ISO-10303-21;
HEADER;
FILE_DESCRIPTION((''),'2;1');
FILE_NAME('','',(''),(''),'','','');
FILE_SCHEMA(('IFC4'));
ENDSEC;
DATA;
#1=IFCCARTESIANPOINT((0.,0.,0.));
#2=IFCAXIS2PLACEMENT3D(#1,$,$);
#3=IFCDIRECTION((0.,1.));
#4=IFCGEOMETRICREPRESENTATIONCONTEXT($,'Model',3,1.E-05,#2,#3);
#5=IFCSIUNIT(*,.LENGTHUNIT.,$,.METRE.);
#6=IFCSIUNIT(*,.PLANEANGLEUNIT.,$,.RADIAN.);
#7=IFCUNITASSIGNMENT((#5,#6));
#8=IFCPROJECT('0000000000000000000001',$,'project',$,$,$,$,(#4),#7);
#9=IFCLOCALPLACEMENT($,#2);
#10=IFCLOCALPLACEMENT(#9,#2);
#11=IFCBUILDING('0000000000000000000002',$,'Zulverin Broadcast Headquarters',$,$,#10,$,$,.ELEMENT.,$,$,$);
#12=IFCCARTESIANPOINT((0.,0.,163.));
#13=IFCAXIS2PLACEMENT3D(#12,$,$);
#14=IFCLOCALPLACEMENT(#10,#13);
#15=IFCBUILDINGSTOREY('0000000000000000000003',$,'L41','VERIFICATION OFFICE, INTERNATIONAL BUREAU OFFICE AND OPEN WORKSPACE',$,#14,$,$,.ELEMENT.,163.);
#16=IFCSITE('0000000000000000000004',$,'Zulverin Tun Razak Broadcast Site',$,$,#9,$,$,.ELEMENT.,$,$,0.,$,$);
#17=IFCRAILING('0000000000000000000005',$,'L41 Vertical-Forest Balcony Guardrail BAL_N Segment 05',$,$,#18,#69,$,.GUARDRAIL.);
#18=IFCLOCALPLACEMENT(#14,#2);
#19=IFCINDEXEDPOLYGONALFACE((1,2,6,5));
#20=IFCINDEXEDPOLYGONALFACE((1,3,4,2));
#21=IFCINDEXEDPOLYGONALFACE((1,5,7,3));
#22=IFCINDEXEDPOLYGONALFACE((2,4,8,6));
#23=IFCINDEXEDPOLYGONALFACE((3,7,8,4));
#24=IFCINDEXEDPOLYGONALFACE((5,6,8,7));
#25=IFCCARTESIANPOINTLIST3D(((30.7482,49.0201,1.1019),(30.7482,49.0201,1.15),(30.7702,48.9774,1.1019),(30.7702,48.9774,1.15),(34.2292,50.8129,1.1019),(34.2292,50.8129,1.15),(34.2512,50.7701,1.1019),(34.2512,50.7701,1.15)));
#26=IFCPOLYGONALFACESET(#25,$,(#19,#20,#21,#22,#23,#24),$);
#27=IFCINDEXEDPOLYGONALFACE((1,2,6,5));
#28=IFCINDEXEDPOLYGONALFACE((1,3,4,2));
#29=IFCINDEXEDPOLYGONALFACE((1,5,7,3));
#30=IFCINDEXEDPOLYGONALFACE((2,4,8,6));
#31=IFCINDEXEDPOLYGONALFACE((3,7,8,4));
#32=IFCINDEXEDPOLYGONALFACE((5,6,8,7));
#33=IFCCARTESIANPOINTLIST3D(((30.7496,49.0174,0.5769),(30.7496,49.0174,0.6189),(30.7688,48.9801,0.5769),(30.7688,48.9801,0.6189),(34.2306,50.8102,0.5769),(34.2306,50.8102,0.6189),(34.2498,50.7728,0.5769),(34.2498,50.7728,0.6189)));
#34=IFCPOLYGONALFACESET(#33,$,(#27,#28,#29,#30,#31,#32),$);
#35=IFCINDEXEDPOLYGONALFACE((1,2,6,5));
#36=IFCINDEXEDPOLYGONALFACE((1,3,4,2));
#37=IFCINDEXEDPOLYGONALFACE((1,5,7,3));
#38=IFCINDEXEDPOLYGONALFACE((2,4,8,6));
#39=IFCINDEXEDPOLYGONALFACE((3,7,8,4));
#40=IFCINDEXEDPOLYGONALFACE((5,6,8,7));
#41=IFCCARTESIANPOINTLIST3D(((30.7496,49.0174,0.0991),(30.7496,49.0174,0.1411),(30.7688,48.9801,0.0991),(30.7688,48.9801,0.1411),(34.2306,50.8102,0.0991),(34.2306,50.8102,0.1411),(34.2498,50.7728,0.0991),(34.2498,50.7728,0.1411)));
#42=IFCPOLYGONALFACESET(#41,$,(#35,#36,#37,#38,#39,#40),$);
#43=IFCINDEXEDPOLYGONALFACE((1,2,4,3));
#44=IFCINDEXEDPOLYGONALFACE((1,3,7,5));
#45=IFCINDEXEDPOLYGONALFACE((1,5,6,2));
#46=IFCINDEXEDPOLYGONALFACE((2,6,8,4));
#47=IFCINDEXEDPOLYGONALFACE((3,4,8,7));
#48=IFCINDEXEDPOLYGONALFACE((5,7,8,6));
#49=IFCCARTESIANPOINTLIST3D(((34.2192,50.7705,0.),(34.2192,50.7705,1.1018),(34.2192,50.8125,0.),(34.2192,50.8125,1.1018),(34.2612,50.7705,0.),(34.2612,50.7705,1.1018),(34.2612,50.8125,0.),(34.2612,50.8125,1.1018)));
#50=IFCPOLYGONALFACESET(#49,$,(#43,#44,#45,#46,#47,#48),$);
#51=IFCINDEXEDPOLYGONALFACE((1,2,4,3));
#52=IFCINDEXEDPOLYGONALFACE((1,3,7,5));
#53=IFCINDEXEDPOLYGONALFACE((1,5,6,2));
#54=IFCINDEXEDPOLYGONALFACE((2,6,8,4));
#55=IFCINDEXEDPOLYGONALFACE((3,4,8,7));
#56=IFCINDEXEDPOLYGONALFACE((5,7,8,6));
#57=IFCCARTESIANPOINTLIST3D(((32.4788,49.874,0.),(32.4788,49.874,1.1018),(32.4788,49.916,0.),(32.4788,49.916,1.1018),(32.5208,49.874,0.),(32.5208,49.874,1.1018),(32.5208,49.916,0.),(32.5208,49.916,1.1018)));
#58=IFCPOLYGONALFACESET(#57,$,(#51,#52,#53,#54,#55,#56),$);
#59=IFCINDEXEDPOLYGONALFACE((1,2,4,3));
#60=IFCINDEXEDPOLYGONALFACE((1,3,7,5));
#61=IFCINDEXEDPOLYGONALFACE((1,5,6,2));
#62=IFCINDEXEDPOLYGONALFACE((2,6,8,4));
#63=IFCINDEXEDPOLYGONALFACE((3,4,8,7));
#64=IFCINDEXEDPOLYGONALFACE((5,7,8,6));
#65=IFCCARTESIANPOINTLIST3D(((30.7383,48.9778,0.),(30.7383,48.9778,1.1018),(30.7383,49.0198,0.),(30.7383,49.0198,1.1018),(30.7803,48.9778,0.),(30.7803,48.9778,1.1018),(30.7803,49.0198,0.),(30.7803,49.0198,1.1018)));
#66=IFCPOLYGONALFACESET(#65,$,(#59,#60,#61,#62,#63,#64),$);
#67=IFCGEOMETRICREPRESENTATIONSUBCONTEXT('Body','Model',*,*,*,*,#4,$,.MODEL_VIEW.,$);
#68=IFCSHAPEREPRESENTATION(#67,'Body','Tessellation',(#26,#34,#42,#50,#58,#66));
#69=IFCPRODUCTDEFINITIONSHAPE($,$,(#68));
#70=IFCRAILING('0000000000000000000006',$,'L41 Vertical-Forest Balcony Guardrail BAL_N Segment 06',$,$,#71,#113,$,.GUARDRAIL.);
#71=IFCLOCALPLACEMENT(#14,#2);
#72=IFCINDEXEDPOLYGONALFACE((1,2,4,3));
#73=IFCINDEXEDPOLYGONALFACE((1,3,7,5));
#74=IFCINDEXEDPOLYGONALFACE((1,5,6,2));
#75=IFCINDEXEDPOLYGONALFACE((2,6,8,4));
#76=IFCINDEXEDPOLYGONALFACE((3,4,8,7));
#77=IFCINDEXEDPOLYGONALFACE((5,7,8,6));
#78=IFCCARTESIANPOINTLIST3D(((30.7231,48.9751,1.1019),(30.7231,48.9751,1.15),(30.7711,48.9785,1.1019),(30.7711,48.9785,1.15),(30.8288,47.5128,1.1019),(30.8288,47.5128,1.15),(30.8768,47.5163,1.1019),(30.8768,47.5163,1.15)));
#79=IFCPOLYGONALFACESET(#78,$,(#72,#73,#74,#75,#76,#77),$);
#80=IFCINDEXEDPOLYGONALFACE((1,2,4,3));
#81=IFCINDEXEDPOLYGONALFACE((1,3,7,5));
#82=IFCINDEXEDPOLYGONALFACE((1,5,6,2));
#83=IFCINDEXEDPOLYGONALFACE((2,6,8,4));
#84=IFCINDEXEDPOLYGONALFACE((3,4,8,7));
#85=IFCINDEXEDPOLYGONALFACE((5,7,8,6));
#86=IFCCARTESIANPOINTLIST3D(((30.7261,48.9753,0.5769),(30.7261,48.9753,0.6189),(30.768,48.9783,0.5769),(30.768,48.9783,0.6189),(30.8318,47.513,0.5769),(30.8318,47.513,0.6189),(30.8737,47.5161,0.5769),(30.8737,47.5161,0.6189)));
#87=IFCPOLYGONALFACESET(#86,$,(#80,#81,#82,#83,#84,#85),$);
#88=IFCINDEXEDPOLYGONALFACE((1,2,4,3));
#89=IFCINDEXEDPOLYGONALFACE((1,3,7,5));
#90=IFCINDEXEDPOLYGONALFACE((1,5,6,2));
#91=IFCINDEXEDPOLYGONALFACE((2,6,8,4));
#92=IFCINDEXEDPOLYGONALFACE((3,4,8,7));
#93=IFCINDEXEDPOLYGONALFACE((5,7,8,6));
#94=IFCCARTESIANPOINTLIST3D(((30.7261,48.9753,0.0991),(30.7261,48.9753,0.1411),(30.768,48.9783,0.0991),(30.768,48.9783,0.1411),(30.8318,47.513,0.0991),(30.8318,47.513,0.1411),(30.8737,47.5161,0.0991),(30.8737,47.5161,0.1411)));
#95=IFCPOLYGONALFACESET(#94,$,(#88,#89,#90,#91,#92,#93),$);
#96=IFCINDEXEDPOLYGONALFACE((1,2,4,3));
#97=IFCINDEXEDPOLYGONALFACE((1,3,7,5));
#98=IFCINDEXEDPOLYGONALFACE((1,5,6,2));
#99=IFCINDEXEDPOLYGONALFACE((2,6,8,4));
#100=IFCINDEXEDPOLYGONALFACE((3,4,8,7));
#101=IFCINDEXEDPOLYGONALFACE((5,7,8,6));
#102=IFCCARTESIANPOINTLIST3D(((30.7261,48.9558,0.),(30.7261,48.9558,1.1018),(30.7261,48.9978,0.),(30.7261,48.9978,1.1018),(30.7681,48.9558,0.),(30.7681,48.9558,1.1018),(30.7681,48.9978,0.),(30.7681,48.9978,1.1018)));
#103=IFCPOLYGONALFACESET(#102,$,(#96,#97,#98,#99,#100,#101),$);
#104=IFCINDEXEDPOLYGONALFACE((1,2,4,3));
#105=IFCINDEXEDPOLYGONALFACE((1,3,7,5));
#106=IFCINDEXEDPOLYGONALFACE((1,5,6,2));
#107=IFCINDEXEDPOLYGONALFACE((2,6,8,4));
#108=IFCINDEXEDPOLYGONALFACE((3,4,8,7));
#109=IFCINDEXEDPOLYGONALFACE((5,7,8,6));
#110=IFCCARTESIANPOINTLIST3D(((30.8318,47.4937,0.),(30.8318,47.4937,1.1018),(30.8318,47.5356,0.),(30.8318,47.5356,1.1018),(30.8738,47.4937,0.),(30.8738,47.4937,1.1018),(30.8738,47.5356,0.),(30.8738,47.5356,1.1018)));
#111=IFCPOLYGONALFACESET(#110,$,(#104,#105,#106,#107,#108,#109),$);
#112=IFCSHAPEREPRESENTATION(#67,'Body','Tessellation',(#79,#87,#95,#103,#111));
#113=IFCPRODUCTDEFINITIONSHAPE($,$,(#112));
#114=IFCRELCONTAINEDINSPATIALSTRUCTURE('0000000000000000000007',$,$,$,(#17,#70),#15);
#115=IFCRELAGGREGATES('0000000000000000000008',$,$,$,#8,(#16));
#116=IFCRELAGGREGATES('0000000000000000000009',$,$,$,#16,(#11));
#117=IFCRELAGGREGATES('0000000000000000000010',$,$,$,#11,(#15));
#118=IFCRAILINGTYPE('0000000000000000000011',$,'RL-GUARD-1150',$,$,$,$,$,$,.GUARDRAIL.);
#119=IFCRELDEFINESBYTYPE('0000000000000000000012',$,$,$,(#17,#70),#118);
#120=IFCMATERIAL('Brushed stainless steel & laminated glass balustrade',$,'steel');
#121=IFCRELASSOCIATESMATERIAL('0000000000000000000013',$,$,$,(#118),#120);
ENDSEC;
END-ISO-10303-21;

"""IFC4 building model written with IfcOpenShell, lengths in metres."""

from ifc_helpers import new_model, si_unit, direction, frame, origin, origin_2d, place, context, subcontext, project, spatial, rectangle, extrude, material, type_object, element, save


model = new_model("IFC4")

# Units and contexts
model_context = context("Model", 3, precision=1e-05, world=origin(), true_north=direction((0.0, 1.0)))
body_context = subcontext(model_context, "Body", "Model", "MODEL_VIEW")
ifc_project = project(units=[si_unit("LENGTHUNIT", "METRE"), si_unit("PLANEANGLEUNIT", "RADIAN")], contexts=[model_context])

# Site, building, storey
site_placement = place(None, origin())
site = spatial("IfcSite", under=ifc_project, at=site_placement, Name="Zulverin Tun Razak Broadcast Site", CompositionType="ELEMENT", RefElevation=0.0)
building_placement = place(site_placement, origin())
building = spatial("IfcBuilding", under=site, at=building_placement, Name="Zulverin Broadcast Headquarters", CompositionType="ELEMENT")
storey_placement = place(building_placement, frame((0.0, 0.0, 163.0)))
storey = spatial("IfcBuildingStorey", under=building, at=storey_placement, Name="L41", Description="VERIFICATION OFFICE, INTERNATIONAL BUREAU OFFICE AND OPEN WORKSPACE", CompositionType="ELEMENT", Elevation=163.0)

# Railings
ifc_material_1 = material(Name="Brushed stainless steel & laminated glass balustrade", Category="steel")
railing_type = type_object("IfcRailingType", Name="RL-GUARD-1150", PredefinedType="GUARDRAIL", material=ifc_material_1)
railing_1_placement = place(storey_placement, frame((34.2402, 50.7915, 0.0)))
element("IfcRailing", 1, at=railing_1_placement, inside=storey, type_object=railing_type, Name="L41 Vertical-Forest Balcony Guardrail BAL_N Segment 05", PredefinedType="GUARDRAIL", context=body_context, shape_type="SweptSolid", body=[
    extrude(rectangle(XDim=0.0481, YDim=0.0481, at=origin_2d()), frame((0.0, 0.0, 1.126), z_axis=(-0.889026, -0.457857, 0.0), x_axis=(0.457857, -0.889026, 0.0)), (0.0, 0.0, 1.0), 3.9155),
    extrude(rectangle(XDim=0.042, YDim=0.042, at=origin_2d()), frame((0.0, 0.0, 0.5979), z_axis=(-0.889026, -0.457857, 0.0), x_axis=(0.457857, -0.889026, 0.0)), (0.0, 0.0, 1.0), 3.9155),
    extrude(rectangle(XDim=0.042, YDim=0.042, at=origin_2d()), frame((0.0, 0.0, 0.1201), z_axis=(-0.889026, -0.457857, 0.0), x_axis=(0.457857, -0.889026, 0.0)), (0.0, 0.0, 1.0), 3.9155),
    extrude(rectangle(XDim=0.042, YDim=0.042, at=origin_2d()), origin(), (0.0, 0.0, 1.0), 1.1018),
    extrude(rectangle(XDim=0.042, YDim=0.042, at=origin_2d()), frame((-1.7405, -0.8965, 0.0)), (0.0, 0.0, 1.0), 1.1018),
    extrude(rectangle(XDim=0.042, YDim=0.042, at=origin_2d()), frame((-3.481, -1.7927, 0.0)), (0.0, 0.0, 1.0), 1.1018),
])
railing_2_placement = place(storey_placement, frame((30.7471, 48.9768, 0.0)))
element("IfcRailing", 2, at=railing_2_placement, inside=storey, type_object=railing_type, Name="L41 Vertical-Forest Balcony Guardrail BAL_N Segment 06", PredefinedType="GUARDRAIL", context=body_context, shape_type="SweptSolid", body=[
    extrude(rectangle(XDim=0.0481, YDim=0.0481, at=origin_2d()), frame((0.0, 0.0, 1.126), z_axis=(0.072111, -0.997397, 0.0), x_axis=(0.997397, 0.072111, 0.0)), (0.0, 0.0, 1.0), 1.4661),
    extrude(rectangle(XDim=0.042, YDim=0.042, at=origin_2d()), frame((0.0, 0.0, 0.5979), z_axis=(0.072111, -0.997397, 0.0), x_axis=(0.997397, 0.072111, 0.0)), (0.0, 0.0, 1.0), 1.4661),
    extrude(rectangle(XDim=0.042, YDim=0.042, at=origin_2d()), frame((0.0, 0.0, 0.1201), z_axis=(0.072111, -0.997397, 0.0), x_axis=(0.997397, 0.072111, 0.0)), (0.0, 0.0, 1.0), 1.4661),
    extrude(rectangle(XDim=0.042, YDim=0.042, at=origin_2d()), origin(), (0.0, 0.0, 1.0), 1.1018),
    extrude(rectangle(XDim=0.042, YDim=0.042, at=origin_2d()), frame((0.1057, -1.4622, 0.0)), (0.0, 0.0, 1.0), 1.1018),
])

save(model, "model.ifc")
